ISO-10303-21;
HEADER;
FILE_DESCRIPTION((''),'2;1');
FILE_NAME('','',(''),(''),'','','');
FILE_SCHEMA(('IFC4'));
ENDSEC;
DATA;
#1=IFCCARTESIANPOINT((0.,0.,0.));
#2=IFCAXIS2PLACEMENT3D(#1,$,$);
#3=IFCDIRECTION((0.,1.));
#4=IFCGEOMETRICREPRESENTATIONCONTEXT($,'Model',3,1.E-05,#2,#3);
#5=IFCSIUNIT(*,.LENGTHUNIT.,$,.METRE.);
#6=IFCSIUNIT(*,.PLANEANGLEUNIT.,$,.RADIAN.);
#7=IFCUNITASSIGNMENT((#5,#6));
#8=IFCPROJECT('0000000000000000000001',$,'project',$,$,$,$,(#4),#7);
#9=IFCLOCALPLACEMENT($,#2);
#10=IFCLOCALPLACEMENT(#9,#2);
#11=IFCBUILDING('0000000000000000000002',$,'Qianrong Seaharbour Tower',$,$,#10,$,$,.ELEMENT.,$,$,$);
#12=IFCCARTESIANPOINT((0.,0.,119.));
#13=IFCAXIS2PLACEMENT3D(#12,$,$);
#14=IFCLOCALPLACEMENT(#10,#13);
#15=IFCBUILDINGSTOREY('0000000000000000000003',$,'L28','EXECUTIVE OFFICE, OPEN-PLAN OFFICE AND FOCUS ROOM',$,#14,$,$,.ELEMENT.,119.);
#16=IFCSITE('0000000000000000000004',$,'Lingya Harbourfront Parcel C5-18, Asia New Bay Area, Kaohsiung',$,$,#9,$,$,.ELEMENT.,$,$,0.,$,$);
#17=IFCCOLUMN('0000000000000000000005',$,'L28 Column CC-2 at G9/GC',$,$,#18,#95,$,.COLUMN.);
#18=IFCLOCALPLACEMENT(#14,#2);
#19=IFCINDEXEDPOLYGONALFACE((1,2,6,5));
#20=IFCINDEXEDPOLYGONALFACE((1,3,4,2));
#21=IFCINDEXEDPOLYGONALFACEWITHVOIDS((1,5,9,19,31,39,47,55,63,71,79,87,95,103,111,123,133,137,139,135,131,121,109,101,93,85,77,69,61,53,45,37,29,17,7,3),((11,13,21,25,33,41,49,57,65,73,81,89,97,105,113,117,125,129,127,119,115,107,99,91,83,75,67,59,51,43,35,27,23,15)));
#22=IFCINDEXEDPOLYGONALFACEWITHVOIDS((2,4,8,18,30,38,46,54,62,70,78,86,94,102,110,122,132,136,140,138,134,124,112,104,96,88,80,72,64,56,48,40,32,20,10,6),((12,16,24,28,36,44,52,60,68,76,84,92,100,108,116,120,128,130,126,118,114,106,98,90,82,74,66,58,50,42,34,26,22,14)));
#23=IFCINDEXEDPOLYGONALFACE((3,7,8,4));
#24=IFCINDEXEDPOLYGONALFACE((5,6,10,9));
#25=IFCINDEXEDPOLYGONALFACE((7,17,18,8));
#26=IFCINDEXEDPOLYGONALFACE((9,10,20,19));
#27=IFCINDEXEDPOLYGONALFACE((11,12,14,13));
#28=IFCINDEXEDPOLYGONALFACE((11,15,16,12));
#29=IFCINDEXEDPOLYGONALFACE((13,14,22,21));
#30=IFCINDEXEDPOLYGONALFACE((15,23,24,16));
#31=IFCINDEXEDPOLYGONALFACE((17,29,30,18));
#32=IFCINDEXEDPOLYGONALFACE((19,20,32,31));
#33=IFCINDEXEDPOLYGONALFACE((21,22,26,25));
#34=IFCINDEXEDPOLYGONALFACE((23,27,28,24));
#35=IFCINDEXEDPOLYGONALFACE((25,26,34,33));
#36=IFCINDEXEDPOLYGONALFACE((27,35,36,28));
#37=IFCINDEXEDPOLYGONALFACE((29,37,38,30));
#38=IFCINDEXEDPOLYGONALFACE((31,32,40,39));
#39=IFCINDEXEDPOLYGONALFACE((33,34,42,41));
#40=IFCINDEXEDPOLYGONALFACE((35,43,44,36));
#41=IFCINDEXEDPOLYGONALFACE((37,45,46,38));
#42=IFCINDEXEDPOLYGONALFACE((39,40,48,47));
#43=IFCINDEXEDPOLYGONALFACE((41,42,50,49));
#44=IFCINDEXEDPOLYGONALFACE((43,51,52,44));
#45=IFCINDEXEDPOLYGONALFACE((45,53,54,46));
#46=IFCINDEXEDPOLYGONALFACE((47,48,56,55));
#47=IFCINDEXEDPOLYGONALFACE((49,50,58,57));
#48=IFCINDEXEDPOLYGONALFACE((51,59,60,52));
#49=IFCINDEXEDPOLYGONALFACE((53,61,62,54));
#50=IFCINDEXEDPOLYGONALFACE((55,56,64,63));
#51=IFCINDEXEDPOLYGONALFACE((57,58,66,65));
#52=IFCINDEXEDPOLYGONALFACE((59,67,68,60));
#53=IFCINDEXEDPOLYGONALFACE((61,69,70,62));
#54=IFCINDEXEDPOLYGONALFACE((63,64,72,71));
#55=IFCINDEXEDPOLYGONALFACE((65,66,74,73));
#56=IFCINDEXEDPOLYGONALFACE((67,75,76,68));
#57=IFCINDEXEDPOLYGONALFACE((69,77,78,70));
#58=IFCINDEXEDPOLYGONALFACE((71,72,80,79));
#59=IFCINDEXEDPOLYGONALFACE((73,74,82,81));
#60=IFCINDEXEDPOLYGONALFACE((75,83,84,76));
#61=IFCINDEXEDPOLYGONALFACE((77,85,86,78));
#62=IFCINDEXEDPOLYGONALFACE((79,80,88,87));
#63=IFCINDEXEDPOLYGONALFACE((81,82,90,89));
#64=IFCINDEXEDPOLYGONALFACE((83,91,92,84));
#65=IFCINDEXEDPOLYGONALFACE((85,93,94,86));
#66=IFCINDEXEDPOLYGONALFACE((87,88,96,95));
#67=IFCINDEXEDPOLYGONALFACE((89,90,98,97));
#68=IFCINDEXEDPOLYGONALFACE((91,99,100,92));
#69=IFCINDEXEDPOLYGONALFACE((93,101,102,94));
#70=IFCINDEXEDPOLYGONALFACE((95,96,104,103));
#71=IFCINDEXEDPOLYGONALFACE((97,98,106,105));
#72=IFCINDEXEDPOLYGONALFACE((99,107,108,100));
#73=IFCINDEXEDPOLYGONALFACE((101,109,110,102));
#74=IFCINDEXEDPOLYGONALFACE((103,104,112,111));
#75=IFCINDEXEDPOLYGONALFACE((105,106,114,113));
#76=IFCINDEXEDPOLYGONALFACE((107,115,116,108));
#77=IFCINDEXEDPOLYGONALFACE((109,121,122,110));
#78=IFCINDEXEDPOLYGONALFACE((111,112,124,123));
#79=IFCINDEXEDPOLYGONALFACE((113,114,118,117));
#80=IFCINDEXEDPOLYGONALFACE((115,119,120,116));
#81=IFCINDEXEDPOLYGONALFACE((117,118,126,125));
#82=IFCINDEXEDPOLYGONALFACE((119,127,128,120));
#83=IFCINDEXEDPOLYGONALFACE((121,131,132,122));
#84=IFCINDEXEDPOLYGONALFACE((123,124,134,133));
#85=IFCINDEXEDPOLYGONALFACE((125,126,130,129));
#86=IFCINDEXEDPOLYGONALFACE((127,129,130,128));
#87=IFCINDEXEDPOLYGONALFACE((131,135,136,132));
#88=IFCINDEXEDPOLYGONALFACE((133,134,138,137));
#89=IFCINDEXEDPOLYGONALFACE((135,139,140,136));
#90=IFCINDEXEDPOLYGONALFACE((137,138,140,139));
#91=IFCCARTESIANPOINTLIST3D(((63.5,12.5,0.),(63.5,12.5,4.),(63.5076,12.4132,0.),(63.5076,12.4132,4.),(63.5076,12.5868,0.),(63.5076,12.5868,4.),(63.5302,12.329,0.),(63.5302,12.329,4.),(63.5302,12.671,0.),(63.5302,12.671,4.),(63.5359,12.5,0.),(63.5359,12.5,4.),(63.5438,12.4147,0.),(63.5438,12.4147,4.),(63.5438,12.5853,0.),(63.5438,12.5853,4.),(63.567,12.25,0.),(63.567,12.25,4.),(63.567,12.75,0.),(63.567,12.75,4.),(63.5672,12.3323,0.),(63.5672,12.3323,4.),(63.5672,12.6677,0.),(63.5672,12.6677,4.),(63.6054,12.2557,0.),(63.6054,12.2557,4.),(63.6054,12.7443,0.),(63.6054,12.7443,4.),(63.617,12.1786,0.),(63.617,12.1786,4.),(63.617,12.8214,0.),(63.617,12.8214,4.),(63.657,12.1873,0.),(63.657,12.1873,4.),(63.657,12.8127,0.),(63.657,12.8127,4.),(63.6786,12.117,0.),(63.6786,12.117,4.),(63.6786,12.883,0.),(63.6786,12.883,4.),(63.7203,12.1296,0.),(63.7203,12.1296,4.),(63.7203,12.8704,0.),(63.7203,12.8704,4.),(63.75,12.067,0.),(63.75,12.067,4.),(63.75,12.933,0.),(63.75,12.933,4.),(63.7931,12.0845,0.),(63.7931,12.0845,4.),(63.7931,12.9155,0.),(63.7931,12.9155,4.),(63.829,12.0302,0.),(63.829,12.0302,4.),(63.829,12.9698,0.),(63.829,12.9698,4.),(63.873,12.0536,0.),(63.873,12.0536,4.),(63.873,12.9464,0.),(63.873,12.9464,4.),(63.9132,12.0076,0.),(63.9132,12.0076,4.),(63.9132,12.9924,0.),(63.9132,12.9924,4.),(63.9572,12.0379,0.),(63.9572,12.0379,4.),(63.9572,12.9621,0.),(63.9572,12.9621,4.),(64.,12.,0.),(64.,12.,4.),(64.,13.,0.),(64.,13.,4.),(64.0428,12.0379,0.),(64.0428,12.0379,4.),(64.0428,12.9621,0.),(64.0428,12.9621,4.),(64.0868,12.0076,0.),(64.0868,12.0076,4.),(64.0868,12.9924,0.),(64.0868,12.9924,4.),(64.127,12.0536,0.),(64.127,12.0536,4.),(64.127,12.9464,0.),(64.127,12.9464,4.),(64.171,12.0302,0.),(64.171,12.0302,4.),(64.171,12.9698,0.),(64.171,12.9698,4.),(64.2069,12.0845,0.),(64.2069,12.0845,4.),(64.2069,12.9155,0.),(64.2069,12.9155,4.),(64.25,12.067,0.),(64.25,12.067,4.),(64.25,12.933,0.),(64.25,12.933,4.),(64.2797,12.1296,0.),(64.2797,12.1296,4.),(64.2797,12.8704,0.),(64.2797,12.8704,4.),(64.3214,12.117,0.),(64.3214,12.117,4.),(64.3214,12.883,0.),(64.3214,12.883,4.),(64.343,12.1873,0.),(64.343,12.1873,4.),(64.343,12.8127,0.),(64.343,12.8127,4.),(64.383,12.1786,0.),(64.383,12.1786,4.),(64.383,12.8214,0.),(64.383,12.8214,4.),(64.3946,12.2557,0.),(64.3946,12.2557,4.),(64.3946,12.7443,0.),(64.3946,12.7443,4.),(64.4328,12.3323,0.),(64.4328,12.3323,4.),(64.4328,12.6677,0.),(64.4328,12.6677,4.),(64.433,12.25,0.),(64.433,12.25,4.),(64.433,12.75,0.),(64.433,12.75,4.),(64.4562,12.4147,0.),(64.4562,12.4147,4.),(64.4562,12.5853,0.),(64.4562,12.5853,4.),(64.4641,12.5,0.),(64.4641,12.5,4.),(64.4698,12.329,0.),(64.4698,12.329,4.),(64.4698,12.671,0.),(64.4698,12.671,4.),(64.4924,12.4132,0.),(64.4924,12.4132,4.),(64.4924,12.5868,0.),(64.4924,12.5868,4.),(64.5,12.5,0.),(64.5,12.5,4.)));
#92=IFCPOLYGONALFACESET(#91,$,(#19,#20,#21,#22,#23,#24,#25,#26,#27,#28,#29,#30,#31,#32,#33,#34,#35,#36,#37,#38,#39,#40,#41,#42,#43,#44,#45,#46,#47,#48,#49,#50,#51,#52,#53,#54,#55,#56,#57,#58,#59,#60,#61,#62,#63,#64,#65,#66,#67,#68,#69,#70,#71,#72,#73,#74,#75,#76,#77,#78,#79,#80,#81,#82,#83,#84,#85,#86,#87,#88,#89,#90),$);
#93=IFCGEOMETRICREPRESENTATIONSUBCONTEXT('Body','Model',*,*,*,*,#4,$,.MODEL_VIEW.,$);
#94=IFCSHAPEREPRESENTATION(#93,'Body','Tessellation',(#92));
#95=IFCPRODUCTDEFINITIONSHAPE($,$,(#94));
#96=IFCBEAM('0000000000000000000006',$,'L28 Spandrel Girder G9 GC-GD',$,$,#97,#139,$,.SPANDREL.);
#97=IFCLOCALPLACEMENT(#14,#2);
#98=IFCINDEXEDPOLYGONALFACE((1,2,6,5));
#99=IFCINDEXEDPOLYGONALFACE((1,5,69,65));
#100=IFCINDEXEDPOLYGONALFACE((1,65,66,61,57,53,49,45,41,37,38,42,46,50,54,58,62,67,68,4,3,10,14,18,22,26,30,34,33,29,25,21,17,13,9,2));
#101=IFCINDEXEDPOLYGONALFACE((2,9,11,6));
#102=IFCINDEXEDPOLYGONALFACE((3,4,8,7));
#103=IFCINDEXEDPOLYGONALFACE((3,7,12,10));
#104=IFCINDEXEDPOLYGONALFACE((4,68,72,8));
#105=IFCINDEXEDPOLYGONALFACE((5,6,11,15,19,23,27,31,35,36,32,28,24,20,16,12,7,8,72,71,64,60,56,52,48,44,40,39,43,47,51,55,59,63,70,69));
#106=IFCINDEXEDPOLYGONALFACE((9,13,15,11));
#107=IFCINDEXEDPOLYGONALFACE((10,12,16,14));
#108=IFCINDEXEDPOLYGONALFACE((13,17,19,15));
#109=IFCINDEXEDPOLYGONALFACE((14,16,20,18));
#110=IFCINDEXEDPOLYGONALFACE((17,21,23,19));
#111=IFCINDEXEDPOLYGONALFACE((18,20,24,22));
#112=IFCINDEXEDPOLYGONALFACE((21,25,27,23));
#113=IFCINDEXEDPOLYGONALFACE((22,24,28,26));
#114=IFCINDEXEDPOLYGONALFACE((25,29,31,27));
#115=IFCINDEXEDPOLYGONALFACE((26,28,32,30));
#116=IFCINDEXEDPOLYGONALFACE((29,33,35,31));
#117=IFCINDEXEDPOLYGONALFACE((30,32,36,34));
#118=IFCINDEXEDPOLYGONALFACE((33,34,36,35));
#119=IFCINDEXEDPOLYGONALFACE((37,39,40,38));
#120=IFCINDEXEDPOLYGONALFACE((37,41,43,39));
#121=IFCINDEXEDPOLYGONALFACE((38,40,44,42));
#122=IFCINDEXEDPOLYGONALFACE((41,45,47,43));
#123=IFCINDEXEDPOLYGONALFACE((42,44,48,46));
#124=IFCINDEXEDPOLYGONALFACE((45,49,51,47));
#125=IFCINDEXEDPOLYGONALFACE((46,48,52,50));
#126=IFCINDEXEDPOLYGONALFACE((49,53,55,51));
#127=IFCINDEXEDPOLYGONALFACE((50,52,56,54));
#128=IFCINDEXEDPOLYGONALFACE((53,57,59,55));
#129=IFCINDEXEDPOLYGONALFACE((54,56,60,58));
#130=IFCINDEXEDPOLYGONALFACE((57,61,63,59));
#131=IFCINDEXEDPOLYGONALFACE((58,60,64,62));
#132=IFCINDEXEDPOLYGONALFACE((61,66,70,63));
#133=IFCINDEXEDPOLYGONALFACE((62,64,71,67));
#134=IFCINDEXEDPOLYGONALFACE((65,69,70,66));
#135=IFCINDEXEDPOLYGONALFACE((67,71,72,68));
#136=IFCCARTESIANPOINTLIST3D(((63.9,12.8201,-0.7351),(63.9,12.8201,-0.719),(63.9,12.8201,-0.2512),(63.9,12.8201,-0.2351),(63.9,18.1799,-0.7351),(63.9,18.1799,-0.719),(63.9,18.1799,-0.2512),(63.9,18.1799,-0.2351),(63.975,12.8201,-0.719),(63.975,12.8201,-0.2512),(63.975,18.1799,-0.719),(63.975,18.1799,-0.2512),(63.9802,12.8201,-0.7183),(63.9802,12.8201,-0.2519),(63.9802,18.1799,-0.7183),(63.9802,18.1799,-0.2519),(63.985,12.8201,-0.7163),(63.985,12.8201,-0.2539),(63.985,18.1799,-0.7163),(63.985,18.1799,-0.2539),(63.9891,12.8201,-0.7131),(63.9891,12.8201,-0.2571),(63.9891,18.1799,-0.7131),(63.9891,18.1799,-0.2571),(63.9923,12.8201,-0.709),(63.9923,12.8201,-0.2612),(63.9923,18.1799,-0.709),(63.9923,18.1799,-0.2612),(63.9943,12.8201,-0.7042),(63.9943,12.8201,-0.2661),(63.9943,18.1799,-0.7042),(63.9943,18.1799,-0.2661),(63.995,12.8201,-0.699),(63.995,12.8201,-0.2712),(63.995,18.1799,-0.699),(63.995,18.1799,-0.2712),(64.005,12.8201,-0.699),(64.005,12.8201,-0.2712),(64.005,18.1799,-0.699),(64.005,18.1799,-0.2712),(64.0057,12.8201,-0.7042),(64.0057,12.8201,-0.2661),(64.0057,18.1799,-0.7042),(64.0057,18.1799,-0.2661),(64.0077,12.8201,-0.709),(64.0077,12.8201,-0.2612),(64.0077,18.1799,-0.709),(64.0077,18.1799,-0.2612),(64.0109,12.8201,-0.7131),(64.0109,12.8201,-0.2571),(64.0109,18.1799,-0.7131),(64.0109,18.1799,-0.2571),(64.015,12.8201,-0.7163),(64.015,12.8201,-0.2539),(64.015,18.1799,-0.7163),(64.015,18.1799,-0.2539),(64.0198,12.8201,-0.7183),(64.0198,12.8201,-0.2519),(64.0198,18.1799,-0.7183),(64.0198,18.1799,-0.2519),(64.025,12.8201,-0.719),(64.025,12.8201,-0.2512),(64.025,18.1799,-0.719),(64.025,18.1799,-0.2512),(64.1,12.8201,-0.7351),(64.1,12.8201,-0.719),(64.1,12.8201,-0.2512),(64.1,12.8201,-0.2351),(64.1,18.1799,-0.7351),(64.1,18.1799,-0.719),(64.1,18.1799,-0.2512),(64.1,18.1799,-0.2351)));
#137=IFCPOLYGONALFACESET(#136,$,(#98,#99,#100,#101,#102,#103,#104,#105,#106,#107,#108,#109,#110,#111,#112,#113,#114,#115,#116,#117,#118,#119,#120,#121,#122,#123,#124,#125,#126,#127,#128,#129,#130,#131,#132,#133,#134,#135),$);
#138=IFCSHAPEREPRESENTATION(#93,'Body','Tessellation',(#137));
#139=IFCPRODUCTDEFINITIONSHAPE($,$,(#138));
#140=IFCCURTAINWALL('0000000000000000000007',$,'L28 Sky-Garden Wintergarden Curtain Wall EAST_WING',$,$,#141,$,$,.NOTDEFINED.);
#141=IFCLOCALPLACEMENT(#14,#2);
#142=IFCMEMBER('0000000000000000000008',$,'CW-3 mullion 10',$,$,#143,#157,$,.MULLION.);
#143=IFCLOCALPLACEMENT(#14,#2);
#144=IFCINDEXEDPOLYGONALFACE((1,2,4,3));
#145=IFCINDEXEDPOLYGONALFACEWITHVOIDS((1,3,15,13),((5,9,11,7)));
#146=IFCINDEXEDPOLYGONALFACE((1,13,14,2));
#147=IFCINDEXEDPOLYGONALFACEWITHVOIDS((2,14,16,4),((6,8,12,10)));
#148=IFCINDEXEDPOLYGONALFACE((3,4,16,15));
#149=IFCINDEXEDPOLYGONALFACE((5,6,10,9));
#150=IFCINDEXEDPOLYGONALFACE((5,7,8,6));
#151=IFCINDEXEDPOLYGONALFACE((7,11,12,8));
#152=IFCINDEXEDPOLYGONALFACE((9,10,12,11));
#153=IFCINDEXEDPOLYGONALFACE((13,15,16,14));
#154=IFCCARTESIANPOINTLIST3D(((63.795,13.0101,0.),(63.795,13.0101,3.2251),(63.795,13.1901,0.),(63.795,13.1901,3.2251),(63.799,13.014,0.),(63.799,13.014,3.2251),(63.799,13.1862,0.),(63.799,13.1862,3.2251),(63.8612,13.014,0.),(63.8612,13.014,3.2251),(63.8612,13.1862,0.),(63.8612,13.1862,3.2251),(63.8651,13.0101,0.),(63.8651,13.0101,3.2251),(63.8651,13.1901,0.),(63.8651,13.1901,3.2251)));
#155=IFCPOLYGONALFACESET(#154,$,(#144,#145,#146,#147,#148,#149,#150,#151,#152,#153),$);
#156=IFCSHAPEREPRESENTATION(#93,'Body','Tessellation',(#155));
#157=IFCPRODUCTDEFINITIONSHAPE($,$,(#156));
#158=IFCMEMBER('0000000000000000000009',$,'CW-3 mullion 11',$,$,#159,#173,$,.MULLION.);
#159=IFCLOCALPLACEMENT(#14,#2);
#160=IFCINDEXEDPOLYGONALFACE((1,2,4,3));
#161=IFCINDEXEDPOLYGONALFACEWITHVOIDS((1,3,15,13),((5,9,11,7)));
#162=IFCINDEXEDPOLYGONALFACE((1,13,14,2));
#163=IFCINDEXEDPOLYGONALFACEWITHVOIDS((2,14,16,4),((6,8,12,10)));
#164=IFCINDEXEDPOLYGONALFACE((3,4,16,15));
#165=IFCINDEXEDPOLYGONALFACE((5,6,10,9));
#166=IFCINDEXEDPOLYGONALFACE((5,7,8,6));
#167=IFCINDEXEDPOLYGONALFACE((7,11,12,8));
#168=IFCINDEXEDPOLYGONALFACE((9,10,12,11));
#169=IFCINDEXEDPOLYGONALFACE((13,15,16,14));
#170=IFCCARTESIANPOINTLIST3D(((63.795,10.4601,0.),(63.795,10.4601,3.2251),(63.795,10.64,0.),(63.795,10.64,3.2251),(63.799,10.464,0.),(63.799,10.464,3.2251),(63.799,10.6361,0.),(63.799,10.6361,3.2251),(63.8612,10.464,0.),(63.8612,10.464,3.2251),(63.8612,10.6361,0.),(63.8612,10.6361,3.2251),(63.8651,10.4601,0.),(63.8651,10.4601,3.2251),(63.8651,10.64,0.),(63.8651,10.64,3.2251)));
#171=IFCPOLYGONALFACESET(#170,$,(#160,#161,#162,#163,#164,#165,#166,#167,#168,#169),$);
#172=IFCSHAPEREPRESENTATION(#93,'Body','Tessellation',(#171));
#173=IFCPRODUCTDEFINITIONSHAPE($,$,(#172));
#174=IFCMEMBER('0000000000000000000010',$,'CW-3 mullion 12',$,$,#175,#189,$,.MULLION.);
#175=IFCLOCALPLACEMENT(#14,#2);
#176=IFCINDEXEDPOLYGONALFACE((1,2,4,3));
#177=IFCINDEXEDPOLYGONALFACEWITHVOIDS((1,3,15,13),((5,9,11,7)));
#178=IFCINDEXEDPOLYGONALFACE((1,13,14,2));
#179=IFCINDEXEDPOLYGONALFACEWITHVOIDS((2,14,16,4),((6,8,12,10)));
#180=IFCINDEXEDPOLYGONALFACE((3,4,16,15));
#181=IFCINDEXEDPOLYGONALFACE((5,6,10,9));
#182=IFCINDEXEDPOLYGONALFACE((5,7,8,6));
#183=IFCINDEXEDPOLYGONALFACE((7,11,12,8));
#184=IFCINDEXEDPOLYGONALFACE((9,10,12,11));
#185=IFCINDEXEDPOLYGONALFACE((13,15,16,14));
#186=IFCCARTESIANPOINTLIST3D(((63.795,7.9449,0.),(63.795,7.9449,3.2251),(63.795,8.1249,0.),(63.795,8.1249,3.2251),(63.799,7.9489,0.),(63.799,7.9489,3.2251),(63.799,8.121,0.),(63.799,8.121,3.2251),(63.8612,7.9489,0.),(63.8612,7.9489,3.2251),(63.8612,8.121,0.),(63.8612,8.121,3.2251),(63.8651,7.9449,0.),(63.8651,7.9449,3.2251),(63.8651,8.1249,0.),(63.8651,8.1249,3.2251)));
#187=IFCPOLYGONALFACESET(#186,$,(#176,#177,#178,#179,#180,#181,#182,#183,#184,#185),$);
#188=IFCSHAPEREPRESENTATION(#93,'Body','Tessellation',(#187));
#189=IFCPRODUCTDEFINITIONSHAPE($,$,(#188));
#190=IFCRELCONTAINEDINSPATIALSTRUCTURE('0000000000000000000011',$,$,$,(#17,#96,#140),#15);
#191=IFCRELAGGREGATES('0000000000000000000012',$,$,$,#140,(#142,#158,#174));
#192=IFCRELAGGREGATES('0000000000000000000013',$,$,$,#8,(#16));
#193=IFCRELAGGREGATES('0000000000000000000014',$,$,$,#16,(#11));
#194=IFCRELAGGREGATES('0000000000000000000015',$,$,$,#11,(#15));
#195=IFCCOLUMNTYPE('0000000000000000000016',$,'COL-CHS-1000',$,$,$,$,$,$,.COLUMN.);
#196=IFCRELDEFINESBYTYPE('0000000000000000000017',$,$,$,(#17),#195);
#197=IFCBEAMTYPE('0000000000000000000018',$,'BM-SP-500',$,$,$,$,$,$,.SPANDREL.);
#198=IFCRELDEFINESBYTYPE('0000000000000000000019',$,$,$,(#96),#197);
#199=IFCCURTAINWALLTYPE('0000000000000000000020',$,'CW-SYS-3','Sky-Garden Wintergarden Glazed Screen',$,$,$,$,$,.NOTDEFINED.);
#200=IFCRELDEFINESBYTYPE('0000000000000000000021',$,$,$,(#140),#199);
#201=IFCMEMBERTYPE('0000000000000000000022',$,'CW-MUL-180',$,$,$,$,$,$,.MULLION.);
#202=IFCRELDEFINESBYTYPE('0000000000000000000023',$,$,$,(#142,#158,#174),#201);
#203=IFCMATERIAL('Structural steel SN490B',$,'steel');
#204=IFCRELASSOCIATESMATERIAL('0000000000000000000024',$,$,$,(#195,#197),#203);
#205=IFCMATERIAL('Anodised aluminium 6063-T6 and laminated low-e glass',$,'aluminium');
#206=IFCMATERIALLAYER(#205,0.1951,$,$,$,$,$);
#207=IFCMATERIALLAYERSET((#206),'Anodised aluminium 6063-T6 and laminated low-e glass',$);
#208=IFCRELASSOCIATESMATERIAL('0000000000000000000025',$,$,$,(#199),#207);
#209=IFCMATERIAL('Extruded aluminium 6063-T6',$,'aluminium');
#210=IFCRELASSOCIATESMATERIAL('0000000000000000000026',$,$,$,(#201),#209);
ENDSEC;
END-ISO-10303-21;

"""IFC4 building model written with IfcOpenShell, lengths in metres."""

from ifc_helpers import new_model, si_unit, direction, frame, origin, origin_2d, place, context, subcontext, project, spatial, hollow_rectangle, hollow_circle, i_section, extrude, material, layer, layer_set, material_profile, profile_set, type_object, element, aggregate, save


model = new_model("IFC4")

# Units and contexts
model_context = context("Model", 3, precision=1e-05, world=origin(), true_north=direction((0.0, 1.0)))
body_context = subcontext(model_context, "Body", "Model", "MODEL_VIEW")
ifc_project = project(units=[si_unit("LENGTHUNIT", "METRE"), si_unit("PLANEANGLEUNIT", "RADIAN")], contexts=[model_context])

# Site, building, storey
site_placement = place(None, origin())
site = spatial("IfcSite", under=ifc_project, at=site_placement, Name="Lingya Harbourfront Parcel C5-18, Asia New Bay Area, Kaohsiung", CompositionType="ELEMENT", RefElevation=0.0)
building_placement = place(site_placement, origin())
building = spatial("IfcBuilding", under=site, at=building_placement, Name="Qianrong Seaharbour Tower", CompositionType="ELEMENT")
storey_placement = place(building_placement, frame((0.0, 0.0, 119.0)))
storey = spatial("IfcBuildingStorey", under=building, at=storey_placement, Name="L28", Description="EXECUTIVE OFFICE, OPEN-PLAN OFFICE AND FOCUS ROOM", CompositionType="ELEMENT", Elevation=119.0)

# Column
ifc_material_1 = material(Name="Structural steel SN490B", Category="steel")
ifc_material_profile_1 = material_profile(ifc_material_1, hollow_circle(Radius=0.5, WallThickness=0.0359, at=origin_2d()), Name="CHS1000x36")
ifc_profile_set_1 = profile_set([ifc_material_profile_1], Name="Structural steel SN490B")
column_type = type_object("IfcColumnType", Name="COL-CHS-1000", PredefinedType="COLUMN", material=ifc_profile_set_1)
column_placement = place(storey_placement, frame((64.0, 12.5, 0.0), z_axis=(0.0, 0.0, 1.0), x_axis=(1.0, 0.0, 0.0)))
element("IfcColumn", 1, at=column_placement, inside=storey, type_object=column_type, Name="L28 Column CC-2 at G9/GC", PredefinedType="COLUMN", context=body_context, shape_type="SweptSolid", body=[
    extrude(hollow_circle(Radius=0.5, WallThickness=0.0359, at=origin_2d()), origin(), (0.0, 0.0, 1.0), 4.0),
])

# Beam
ifc_material_profile_2 = material_profile(ifc_material_1, i_section(OverallWidth=0.2, OverallDepth=0.5, WebThickness=0.01, FlangeThickness=0.0161, FilletRadius=0.02, at=origin_2d()), Name="H500x200x10x16")
ifc_profile_set_2 = profile_set([ifc_material_profile_2], Name="Structural steel SN490B")
beam_type = type_object("IfcBeamType", Name="BM-SP-500", PredefinedType="SPANDREL", material=ifc_profile_set_2)
beam_placement = place(storey_placement, frame((64.0, 12.8201, -0.4851), z_axis=(0.0, 1.0, 0.0), x_axis=(-1.0, 0.0, 0.0)))
element("IfcBeam", 2, at=beam_placement, inside=storey, type_object=beam_type, Name="L28 Spandrel Girder G9 GC-GD", PredefinedType="SPANDREL", context=body_context, shape_type="SweptSolid", body=[
    extrude(i_section(OverallWidth=0.2, OverallDepth=0.5, WebThickness=0.01, FlangeThickness=0.0161, FilletRadius=0.02, at=origin_2d()), origin(), (0.0, 0.0, 1.0), 5.3599),
])

# Curtain wall, members
ifc_material_2 = material(Name="Anodised aluminium 6063-T6 and laminated low-e glass", Category="aluminium")
ifc_layer_1 = layer(ifc_material_2, 0.1951)
ifc_layer_set_1 = layer_set([ifc_layer_1], Name="Anodised aluminium 6063-T6 and laminated low-e glass")
curtain_wall_type = type_object("IfcCurtainWallType", Name="CW-SYS-3", Description="Sky-Garden Wintergarden Glazed Screen", PredefinedType="NOTDEFINED", material=ifc_layer_set_1)
curtain_wall_placement = place(storey_placement, origin())
curtain_wall = element("IfcCurtainWall", 3, at=curtain_wall_placement, inside=storey, type_object=curtain_wall_type, Name="L28 Sky-Garden Wintergarden Curtain Wall EAST_WING", PredefinedType="NOTDEFINED")
ifc_material_3 = material(Name="Extruded aluminium 6063-T6", Category="aluminium")
ifc_material_profile_3 = material_profile(ifc_material_3, hollow_rectangle(XDim=0.0701, YDim=0.1799, WallThickness=0.0039, at=origin_2d()), Name="ALU-MUL-180x70x4")
ifc_profile_set_3 = profile_set([ifc_material_profile_3], Name="Extruded aluminium 6063-T6")
member_type_1 = type_object("IfcMemberType", Name="CW-MUL-180", PredefinedType="MULLION", material=ifc_profile_set_3)
member_1_placement = place(storey_placement, frame((63.8301, 13.1001, 0.0), z_axis=(0.0, 0.0, 1.0), x_axis=(1.0, 0.0, 0.0)))
member_1 = element("IfcMember", 4, at=member_1_placement, type_object=member_type_1, Name="CW-3 mullion 10", PredefinedType="MULLION", context=body_context, shape_type="SweptSolid", body=[
    extrude(hollow_rectangle(XDim=0.0701, YDim=0.1799, WallThickness=0.0039, at=origin_2d()), origin(), (0.0, 0.0, 1.0), 3.2251),
])
member_2_placement = place(storey_placement, frame((63.8301, 10.55, 0.0), z_axis=(0.0, 0.0, 1.0), x_axis=(1.0, 0.0, 0.0)))
member_2 = element("IfcMember", 5, at=member_2_placement, type_object=member_type_1, Name="CW-3 mullion 11", PredefinedType="MULLION", context=body_context, shape_type="SweptSolid", body=[
    extrude(hollow_rectangle(XDim=0.0701, YDim=0.1799, WallThickness=0.0039, at=origin_2d()), origin(), (0.0, 0.0, 1.0), 3.2251),
])
member_3_placement = place(storey_placement, frame((63.8301, 8.0349, 0.0), z_axis=(0.0, 0.0, 1.0), x_axis=(1.0, 0.0, 0.0)))
member_3 = element("IfcMember", 6, at=member_3_placement, type_object=member_type_1, Name="CW-3 mullion 12", PredefinedType="MULLION", context=body_context, shape_type="SweptSolid", body=[
    extrude(hollow_rectangle(XDim=0.0701, YDim=0.1799, WallThickness=0.0039, at=origin_2d()), origin(), (0.0, 0.0, 1.0), 3.2251),
])
aggregate(curtain_wall, [member_1, member_2, member_3])

save(model, "model.ifc")
